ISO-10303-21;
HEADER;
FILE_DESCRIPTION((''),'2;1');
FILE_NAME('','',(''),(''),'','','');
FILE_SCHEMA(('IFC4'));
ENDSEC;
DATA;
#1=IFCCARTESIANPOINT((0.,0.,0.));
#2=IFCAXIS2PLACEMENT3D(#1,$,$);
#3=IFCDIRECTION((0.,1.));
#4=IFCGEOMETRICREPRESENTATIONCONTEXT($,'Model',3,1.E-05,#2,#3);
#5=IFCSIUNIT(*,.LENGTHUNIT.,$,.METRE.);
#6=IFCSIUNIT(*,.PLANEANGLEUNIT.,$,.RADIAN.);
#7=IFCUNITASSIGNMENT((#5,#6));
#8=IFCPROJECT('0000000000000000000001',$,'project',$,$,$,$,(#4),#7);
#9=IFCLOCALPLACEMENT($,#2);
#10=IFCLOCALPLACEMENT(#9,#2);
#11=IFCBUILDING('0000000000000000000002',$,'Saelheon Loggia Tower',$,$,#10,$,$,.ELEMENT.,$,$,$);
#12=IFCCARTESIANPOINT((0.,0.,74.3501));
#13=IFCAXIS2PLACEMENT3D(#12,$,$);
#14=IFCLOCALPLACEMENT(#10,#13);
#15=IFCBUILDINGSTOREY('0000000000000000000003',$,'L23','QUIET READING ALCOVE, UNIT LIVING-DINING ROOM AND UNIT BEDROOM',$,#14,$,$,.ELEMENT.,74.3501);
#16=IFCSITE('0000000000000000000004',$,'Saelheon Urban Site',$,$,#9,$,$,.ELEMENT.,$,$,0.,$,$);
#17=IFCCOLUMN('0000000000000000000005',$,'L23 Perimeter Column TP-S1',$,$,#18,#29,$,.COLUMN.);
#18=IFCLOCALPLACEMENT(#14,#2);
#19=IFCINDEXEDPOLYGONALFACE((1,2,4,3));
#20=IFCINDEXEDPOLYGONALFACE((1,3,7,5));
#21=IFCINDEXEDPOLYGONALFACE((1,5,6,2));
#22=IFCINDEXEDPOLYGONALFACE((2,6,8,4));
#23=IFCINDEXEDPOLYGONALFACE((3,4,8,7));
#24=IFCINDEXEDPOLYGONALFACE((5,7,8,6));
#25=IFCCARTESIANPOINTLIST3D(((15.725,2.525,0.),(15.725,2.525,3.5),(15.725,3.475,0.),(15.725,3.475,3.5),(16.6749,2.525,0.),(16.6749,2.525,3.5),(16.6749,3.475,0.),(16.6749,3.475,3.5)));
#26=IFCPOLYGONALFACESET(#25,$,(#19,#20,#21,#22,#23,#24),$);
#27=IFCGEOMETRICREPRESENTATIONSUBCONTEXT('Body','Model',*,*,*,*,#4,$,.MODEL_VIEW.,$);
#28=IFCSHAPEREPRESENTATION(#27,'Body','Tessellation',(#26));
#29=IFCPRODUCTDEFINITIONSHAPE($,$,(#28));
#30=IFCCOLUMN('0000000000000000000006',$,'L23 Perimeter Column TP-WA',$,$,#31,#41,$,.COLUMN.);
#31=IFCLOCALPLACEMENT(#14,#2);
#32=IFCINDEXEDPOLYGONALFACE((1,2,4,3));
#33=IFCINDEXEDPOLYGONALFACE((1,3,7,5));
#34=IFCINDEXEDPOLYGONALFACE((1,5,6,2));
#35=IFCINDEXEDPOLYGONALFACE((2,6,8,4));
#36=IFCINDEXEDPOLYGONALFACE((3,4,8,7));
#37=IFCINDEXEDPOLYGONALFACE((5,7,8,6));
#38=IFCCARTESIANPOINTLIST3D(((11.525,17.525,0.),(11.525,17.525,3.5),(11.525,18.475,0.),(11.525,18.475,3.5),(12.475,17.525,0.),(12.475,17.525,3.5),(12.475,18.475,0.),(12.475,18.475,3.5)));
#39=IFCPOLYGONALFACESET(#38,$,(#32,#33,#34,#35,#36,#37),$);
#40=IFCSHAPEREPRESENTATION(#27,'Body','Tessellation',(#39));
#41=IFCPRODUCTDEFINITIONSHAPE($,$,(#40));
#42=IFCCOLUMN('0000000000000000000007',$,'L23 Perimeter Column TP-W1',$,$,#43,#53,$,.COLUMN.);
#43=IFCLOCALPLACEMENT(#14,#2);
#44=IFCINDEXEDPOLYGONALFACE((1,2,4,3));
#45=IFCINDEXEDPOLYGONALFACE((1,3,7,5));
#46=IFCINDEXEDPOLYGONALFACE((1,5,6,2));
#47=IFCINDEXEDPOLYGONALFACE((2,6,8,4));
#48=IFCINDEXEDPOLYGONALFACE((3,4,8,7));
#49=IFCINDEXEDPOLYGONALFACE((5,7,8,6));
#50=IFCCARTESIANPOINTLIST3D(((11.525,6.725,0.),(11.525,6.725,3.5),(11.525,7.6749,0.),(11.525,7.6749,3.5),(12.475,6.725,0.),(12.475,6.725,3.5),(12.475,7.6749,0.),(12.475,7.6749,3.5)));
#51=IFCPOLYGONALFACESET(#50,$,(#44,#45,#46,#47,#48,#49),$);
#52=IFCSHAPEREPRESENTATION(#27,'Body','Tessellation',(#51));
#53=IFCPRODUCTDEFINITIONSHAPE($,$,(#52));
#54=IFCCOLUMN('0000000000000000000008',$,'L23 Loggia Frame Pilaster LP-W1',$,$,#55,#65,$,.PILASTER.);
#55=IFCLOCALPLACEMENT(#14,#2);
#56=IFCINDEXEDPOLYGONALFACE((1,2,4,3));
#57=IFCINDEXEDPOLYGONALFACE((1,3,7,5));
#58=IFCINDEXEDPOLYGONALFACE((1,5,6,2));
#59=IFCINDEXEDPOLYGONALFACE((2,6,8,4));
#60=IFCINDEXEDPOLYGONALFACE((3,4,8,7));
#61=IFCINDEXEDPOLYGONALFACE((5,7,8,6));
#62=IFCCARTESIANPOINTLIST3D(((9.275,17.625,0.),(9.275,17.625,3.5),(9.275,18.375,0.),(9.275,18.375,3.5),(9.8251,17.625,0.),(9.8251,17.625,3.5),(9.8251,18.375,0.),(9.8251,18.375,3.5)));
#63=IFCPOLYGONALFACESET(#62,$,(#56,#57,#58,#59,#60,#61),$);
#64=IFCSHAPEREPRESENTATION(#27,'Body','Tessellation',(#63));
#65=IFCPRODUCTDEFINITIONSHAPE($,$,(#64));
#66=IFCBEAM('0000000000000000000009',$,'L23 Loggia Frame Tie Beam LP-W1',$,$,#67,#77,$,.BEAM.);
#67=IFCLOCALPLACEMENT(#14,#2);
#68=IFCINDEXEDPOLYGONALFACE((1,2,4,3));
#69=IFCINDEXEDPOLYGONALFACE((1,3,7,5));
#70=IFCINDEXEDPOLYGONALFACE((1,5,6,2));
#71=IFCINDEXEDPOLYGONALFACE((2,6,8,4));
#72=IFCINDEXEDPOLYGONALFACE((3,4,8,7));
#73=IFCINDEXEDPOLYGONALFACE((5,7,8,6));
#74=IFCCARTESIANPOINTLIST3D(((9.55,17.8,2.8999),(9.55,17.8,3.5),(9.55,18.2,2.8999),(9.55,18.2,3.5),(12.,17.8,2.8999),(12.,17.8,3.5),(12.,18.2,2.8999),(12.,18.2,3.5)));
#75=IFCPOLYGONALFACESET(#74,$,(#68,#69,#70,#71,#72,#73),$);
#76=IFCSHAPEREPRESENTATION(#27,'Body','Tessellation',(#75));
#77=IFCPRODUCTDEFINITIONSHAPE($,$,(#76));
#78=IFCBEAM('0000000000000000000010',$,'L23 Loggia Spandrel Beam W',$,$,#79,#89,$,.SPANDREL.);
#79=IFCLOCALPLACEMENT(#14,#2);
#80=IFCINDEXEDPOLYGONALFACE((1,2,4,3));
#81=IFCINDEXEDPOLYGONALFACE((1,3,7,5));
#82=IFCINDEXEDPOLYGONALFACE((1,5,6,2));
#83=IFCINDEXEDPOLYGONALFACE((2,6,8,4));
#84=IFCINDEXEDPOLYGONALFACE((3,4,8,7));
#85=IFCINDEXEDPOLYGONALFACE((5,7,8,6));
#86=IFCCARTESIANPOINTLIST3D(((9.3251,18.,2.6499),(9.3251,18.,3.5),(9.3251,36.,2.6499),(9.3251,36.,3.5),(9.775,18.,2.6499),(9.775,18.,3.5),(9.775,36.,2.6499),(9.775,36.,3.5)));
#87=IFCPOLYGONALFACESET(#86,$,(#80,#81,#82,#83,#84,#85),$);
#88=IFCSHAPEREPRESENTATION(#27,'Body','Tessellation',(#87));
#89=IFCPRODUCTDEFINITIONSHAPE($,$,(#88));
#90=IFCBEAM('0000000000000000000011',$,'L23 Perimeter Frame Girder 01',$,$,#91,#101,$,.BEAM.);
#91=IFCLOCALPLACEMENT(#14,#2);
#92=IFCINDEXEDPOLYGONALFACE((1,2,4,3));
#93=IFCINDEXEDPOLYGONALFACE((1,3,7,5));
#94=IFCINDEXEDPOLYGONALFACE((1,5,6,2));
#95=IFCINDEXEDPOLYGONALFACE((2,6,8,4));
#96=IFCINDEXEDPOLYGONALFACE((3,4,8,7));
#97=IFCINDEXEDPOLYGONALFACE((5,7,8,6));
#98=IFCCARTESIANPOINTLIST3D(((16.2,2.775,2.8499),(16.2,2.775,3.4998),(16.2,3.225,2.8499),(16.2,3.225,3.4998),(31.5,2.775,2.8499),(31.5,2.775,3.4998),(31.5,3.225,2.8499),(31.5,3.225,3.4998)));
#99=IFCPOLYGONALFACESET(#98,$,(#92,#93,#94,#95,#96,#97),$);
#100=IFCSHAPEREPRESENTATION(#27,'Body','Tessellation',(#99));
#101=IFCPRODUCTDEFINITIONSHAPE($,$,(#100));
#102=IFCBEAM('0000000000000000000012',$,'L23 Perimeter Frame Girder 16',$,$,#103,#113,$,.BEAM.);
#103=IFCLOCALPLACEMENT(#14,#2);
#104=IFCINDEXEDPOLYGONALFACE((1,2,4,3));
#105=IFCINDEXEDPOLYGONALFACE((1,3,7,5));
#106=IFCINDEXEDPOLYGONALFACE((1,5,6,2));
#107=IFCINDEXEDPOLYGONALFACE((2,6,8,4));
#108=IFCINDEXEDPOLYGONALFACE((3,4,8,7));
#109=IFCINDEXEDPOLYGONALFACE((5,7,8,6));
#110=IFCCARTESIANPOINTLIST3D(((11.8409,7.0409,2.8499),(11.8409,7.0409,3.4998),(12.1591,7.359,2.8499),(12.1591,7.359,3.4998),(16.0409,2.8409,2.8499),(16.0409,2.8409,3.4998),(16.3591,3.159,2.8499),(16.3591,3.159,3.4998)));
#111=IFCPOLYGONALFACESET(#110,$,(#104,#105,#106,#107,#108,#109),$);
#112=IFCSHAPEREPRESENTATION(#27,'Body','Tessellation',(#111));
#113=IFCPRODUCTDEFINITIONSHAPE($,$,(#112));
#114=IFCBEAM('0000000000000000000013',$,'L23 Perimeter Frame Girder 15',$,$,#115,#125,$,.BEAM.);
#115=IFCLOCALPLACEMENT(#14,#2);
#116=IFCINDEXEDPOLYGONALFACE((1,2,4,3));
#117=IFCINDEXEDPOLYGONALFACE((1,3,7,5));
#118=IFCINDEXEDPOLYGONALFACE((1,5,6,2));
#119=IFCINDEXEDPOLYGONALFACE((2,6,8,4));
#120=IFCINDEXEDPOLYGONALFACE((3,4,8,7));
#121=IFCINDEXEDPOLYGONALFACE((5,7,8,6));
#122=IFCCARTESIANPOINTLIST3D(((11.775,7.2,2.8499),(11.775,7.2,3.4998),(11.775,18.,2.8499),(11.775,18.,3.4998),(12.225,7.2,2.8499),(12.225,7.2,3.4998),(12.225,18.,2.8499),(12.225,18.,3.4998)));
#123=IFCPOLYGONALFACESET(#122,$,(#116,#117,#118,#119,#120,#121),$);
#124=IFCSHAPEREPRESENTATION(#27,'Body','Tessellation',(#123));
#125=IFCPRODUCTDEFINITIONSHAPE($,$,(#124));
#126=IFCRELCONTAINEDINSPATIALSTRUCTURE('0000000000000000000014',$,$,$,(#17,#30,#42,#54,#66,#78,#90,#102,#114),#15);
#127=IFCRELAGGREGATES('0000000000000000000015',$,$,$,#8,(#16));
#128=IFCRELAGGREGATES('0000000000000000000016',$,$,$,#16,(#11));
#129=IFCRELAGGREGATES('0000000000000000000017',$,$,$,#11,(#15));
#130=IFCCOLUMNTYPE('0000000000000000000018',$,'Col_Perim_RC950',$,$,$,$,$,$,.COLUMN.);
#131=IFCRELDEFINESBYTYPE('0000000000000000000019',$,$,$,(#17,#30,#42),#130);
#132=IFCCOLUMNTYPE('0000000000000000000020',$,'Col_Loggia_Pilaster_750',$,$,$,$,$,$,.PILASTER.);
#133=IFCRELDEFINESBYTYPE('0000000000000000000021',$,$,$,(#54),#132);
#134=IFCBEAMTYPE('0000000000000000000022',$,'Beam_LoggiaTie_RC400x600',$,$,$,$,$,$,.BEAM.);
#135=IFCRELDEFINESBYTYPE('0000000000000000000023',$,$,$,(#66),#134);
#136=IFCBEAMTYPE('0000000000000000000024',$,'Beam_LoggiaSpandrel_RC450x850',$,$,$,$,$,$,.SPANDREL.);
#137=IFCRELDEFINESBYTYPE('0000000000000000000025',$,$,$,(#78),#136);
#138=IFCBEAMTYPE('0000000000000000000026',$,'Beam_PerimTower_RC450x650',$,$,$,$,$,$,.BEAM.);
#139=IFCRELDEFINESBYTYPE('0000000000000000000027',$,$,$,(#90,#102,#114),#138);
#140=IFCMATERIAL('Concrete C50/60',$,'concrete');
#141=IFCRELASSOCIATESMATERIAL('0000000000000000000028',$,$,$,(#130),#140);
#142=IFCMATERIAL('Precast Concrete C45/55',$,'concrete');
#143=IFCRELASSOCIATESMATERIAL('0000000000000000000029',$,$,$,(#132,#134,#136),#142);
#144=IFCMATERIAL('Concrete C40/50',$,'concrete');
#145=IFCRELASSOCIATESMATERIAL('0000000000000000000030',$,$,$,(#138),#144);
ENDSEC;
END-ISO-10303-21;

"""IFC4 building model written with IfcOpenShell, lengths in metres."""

from ifc_helpers import new_model, si_unit, direction, frame, origin, origin_2d, place, context, subcontext, project, spatial, rectangle, extrude, source, transform, mapped, material, material_profile, profile_set, type_object, element, save


model = new_model("IFC4")

# Units and contexts
model_context = context("Model", 3, precision=1e-05, world=origin(), true_north=direction((0.0, 1.0)))
body_context = subcontext(model_context, "Body", "Model", "MODEL_VIEW")
ifc_project = project(units=[si_unit("LENGTHUNIT", "METRE"), si_unit("PLANEANGLEUNIT", "RADIAN")], contexts=[model_context])

# Site, building, storey
site_placement = place(None, origin())
site = spatial("IfcSite", under=ifc_project, at=site_placement, Name="Saelheon Urban Site", CompositionType="ELEMENT", RefElevation=0.0)
building_placement = place(site_placement, origin())
building = spatial("IfcBuilding", under=site, at=building_placement, Name="Saelheon Loggia Tower", CompositionType="ELEMENT")
storey_placement = place(building_placement, frame((0.0, 0.0, 74.3501)))
storey = spatial("IfcBuildingStorey", under=building, at=storey_placement, Name="L23", Description="QUIET READING ALCOVE, UNIT LIVING-DINING ROOM AND UNIT BEDROOM", CompositionType="ELEMENT", Elevation=74.3501)

# Columns
ifc_material_1 = material(Name="Concrete C50/60", Category="concrete")
ifc_material_profile_1 = material_profile(ifc_material_1, rectangle(XDim=0.95, YDim=0.95, at=origin_2d()), Name="RC-950x950")
ifc_profile_set_1 = profile_set([ifc_material_profile_1], Name="Concrete C50/60")
column_type_1 = type_object("IfcColumnType", Name="Col_Perim_RC950", PredefinedType="COLUMN", material=ifc_profile_set_1)
shared_shape_1 = source(origin(), body_context, "Body", "SweptSolid", [
    extrude(rectangle(XDim=0.95, YDim=0.95, at=origin_2d()), origin(), (0.0, 0.0, 1.0), 3.5),
])
for number, where, z_axis, x_axis, name in (
    (1, (16.2, 3.0, 0.0), (0.0, 0.0, 1.0), (1.0, 0.0, 0.0), "L23 Perimeter Column TP-S1"),
    (2, (12.0, 18.0, 0.0), (0.0, 0.0, 1.0), (1.0, 0.0, 0.0), "L23 Perimeter Column TP-WA"),
    (3, (12.0, 7.2, 0.0), (0.0, 0.0, 1.0), (1.0, 0.0, 0.0), "L23 Perimeter Column TP-W1"),
):
    element("IfcColumn", number, at=place(storey_placement, frame(where, z_axis=z_axis, x_axis=x_axis)), inside=storey, type_object=column_type_1, Name=name, PredefinedType="COLUMN", context=body_context, shape_type="MappedRepresentation", body=[
        mapped(shared_shape_1, transform((0.0, 0.0, 0.0), scale=1.0)),
    ])
ifc_material_2 = material(Name="Precast Concrete C45/55", Category="concrete")
ifc_material_profile_2 = material_profile(ifc_material_2, rectangle(XDim=0.55, YDim=0.75, at=origin_2d()), Name="RC-550x750")
ifc_profile_set_2 = profile_set([ifc_material_profile_2], Name="Precast Concrete C45/55")
column_type_2 = type_object("IfcColumnType", Name="Col_Loggia_Pilaster_750", PredefinedType="PILASTER", material=ifc_profile_set_2)
shared_shape_2 = source(origin(), body_context, "Body", "SweptSolid", [
    extrude(rectangle(XDim=0.55, YDim=0.75, at=origin_2d()), origin(), (0.0, 0.0, 1.0), 3.5),
])
column_placement = place(storey_placement, frame((9.55, 18.0, 0.0), z_axis=(0.0, 0.0, 1.0), x_axis=(1.0, 0.0, 0.0)))
element("IfcColumn", 4, at=column_placement, inside=storey, type_object=column_type_2, Name="L23 Loggia Frame Pilaster LP-W1", PredefinedType="PILASTER", context=body_context, shape_type="MappedRepresentation", body=[
    mapped(shared_shape_2, transform((0.0, 0.0, 0.0), scale=1.0)),
])

# Beams
ifc_material_profile_3 = material_profile(ifc_material_2, rectangle(XDim=0.3999, YDim=0.6001, at=origin_2d()), Name="RC-400x600")
ifc_profile_set_3 = profile_set([ifc_material_profile_3], Name="Precast Concrete C45/55")
beam_type_1 = type_object("IfcBeamType", Name="Beam_LoggiaTie_RC400x600", PredefinedType="BEAM", material=ifc_profile_set_3)
shared_shape_3 = source(origin(), body_context, "Body", "SweptSolid", [
    extrude(rectangle(XDim=0.3999, YDim=0.6001, at=origin_2d()), origin(), (0.0, 0.0, 1.0), 2.45),
])
beam_1_placement = place(storey_placement, frame((12.0, 18.0, 3.2), z_axis=(-1.0, 0.0, 0.0), x_axis=(0.0, -1.0, 0.0)))
element("IfcBeam", 5, at=beam_1_placement, inside=storey, type_object=beam_type_1, Name="L23 Loggia Frame Tie Beam LP-W1", PredefinedType="BEAM", context=body_context, shape_type="MappedRepresentation", body=[
    mapped(shared_shape_3, transform((0.0, 0.0, 0.0), scale=1.0)),
])
ifc_material_profile_4 = material_profile(ifc_material_2, rectangle(XDim=0.45, YDim=0.8501, at=origin_2d()), Name="RC-450x850")
ifc_profile_set_4 = profile_set([ifc_material_profile_4], Name="Precast Concrete C45/55")
beam_type_2 = type_object("IfcBeamType", Name="Beam_LoggiaSpandrel_RC450x850", PredefinedType="SPANDREL", material=ifc_profile_set_4)
shared_shape_4 = source(origin(), body_context, "Body", "SweptSolid", [
    extrude(rectangle(XDim=0.45, YDim=0.8501, at=origin_2d()), origin(), (0.0, 0.0, 1.0), 18.0),
])
beam_2_placement = place(storey_placement, frame((9.55, 18.0, 3.075), z_axis=(0.0, 1.0, 0.0), x_axis=(-1.0, 0.0, 0.0)))
element("IfcBeam", 6, at=beam_2_placement, inside=storey, type_object=beam_type_2, Name="L23 Loggia Spandrel Beam W", PredefinedType="SPANDREL", context=body_context, shape_type="MappedRepresentation", body=[
    mapped(shared_shape_4, transform((0.0, 0.0, 0.0), scale=1.0)),
])
ifc_material_3 = material(Name="Concrete C40/50", Category="concrete")
ifc_material_profile_5 = material_profile(ifc_material_3, rectangle(XDim=0.45, YDim=0.6499, at=origin_2d()), Name="RC-450x650")
ifc_profile_set_5 = profile_set([ifc_material_profile_5], Name="Concrete C40/50")
beam_type_3 = type_object("IfcBeamType", Name="Beam_PerimTower_RC450x650", PredefinedType="BEAM", material=ifc_profile_set_5)
shared_shape_5 = source(origin(), body_context, "Body", "SweptSolid", [
    extrude(rectangle(XDim=0.45, YDim=0.6499, at=origin_2d()), origin(), (0.0, 0.0, 1.0), 15.3),
])
beam_3_placement = place(storey_placement, frame((16.2, 3.0, 3.1748), z_axis=(1.0, 0.0, 0.0), x_axis=(0.0, 1.0, 0.0)))
element("IfcBeam", 7, at=beam_3_placement, inside=storey, type_object=beam_type_3, Name="L23 Perimeter Frame Girder 01", PredefinedType="BEAM", context=body_context, shape_type="MappedRepresentation", body=[
    mapped(shared_shape_5, transform((0.0, 0.0, 0.0), scale=1.0)),
])
shared_shape_6 = source(origin(), body_context, "Body", "SweptSolid", [
    extrude(rectangle(XDim=0.45, YDim=0.6499, at=origin_2d()), origin(), (0.0, 0.0, 1.0), 5.9397),
])
beam_4_placement = place(storey_placement, frame((12.0, 7.2, 3.1748), z_axis=(0.707107, -0.707107, 0.0), x_axis=(0.707107, 0.707107, 0.0)))
element("IfcBeam", 8, at=beam_4_placement, inside=storey, type_object=beam_type_3, Name="L23 Perimeter Frame Girder 16", PredefinedType="BEAM", context=body_context, shape_type="MappedRepresentation", body=[
    mapped(shared_shape_6, transform((0.0, 0.0, 0.0), scale=1.0)),
])
shared_shape_7 = source(origin(), body_context, "Body", "SweptSolid", [
    extrude(rectangle(XDim=0.45, YDim=0.6499, at=origin_2d()), origin(), (0.0, 0.0, 1.0), 10.8),
])
beam_5_placement = place(storey_placement, frame((12.0, 18.0, 3.1748), z_axis=(0.0, -1.0, 0.0), x_axis=(1.0, 0.0, 0.0)))
element("IfcBeam", 9, at=beam_5_placement, inside=storey, type_object=beam_type_3, Name="L23 Perimeter Frame Girder 15", PredefinedType="BEAM", context=body_context, shape_type="MappedRepresentation", body=[
    mapped(shared_shape_7, transform((0.0, 0.0, 0.0), scale=1.0)),
])

save(model, "model.ifc")
